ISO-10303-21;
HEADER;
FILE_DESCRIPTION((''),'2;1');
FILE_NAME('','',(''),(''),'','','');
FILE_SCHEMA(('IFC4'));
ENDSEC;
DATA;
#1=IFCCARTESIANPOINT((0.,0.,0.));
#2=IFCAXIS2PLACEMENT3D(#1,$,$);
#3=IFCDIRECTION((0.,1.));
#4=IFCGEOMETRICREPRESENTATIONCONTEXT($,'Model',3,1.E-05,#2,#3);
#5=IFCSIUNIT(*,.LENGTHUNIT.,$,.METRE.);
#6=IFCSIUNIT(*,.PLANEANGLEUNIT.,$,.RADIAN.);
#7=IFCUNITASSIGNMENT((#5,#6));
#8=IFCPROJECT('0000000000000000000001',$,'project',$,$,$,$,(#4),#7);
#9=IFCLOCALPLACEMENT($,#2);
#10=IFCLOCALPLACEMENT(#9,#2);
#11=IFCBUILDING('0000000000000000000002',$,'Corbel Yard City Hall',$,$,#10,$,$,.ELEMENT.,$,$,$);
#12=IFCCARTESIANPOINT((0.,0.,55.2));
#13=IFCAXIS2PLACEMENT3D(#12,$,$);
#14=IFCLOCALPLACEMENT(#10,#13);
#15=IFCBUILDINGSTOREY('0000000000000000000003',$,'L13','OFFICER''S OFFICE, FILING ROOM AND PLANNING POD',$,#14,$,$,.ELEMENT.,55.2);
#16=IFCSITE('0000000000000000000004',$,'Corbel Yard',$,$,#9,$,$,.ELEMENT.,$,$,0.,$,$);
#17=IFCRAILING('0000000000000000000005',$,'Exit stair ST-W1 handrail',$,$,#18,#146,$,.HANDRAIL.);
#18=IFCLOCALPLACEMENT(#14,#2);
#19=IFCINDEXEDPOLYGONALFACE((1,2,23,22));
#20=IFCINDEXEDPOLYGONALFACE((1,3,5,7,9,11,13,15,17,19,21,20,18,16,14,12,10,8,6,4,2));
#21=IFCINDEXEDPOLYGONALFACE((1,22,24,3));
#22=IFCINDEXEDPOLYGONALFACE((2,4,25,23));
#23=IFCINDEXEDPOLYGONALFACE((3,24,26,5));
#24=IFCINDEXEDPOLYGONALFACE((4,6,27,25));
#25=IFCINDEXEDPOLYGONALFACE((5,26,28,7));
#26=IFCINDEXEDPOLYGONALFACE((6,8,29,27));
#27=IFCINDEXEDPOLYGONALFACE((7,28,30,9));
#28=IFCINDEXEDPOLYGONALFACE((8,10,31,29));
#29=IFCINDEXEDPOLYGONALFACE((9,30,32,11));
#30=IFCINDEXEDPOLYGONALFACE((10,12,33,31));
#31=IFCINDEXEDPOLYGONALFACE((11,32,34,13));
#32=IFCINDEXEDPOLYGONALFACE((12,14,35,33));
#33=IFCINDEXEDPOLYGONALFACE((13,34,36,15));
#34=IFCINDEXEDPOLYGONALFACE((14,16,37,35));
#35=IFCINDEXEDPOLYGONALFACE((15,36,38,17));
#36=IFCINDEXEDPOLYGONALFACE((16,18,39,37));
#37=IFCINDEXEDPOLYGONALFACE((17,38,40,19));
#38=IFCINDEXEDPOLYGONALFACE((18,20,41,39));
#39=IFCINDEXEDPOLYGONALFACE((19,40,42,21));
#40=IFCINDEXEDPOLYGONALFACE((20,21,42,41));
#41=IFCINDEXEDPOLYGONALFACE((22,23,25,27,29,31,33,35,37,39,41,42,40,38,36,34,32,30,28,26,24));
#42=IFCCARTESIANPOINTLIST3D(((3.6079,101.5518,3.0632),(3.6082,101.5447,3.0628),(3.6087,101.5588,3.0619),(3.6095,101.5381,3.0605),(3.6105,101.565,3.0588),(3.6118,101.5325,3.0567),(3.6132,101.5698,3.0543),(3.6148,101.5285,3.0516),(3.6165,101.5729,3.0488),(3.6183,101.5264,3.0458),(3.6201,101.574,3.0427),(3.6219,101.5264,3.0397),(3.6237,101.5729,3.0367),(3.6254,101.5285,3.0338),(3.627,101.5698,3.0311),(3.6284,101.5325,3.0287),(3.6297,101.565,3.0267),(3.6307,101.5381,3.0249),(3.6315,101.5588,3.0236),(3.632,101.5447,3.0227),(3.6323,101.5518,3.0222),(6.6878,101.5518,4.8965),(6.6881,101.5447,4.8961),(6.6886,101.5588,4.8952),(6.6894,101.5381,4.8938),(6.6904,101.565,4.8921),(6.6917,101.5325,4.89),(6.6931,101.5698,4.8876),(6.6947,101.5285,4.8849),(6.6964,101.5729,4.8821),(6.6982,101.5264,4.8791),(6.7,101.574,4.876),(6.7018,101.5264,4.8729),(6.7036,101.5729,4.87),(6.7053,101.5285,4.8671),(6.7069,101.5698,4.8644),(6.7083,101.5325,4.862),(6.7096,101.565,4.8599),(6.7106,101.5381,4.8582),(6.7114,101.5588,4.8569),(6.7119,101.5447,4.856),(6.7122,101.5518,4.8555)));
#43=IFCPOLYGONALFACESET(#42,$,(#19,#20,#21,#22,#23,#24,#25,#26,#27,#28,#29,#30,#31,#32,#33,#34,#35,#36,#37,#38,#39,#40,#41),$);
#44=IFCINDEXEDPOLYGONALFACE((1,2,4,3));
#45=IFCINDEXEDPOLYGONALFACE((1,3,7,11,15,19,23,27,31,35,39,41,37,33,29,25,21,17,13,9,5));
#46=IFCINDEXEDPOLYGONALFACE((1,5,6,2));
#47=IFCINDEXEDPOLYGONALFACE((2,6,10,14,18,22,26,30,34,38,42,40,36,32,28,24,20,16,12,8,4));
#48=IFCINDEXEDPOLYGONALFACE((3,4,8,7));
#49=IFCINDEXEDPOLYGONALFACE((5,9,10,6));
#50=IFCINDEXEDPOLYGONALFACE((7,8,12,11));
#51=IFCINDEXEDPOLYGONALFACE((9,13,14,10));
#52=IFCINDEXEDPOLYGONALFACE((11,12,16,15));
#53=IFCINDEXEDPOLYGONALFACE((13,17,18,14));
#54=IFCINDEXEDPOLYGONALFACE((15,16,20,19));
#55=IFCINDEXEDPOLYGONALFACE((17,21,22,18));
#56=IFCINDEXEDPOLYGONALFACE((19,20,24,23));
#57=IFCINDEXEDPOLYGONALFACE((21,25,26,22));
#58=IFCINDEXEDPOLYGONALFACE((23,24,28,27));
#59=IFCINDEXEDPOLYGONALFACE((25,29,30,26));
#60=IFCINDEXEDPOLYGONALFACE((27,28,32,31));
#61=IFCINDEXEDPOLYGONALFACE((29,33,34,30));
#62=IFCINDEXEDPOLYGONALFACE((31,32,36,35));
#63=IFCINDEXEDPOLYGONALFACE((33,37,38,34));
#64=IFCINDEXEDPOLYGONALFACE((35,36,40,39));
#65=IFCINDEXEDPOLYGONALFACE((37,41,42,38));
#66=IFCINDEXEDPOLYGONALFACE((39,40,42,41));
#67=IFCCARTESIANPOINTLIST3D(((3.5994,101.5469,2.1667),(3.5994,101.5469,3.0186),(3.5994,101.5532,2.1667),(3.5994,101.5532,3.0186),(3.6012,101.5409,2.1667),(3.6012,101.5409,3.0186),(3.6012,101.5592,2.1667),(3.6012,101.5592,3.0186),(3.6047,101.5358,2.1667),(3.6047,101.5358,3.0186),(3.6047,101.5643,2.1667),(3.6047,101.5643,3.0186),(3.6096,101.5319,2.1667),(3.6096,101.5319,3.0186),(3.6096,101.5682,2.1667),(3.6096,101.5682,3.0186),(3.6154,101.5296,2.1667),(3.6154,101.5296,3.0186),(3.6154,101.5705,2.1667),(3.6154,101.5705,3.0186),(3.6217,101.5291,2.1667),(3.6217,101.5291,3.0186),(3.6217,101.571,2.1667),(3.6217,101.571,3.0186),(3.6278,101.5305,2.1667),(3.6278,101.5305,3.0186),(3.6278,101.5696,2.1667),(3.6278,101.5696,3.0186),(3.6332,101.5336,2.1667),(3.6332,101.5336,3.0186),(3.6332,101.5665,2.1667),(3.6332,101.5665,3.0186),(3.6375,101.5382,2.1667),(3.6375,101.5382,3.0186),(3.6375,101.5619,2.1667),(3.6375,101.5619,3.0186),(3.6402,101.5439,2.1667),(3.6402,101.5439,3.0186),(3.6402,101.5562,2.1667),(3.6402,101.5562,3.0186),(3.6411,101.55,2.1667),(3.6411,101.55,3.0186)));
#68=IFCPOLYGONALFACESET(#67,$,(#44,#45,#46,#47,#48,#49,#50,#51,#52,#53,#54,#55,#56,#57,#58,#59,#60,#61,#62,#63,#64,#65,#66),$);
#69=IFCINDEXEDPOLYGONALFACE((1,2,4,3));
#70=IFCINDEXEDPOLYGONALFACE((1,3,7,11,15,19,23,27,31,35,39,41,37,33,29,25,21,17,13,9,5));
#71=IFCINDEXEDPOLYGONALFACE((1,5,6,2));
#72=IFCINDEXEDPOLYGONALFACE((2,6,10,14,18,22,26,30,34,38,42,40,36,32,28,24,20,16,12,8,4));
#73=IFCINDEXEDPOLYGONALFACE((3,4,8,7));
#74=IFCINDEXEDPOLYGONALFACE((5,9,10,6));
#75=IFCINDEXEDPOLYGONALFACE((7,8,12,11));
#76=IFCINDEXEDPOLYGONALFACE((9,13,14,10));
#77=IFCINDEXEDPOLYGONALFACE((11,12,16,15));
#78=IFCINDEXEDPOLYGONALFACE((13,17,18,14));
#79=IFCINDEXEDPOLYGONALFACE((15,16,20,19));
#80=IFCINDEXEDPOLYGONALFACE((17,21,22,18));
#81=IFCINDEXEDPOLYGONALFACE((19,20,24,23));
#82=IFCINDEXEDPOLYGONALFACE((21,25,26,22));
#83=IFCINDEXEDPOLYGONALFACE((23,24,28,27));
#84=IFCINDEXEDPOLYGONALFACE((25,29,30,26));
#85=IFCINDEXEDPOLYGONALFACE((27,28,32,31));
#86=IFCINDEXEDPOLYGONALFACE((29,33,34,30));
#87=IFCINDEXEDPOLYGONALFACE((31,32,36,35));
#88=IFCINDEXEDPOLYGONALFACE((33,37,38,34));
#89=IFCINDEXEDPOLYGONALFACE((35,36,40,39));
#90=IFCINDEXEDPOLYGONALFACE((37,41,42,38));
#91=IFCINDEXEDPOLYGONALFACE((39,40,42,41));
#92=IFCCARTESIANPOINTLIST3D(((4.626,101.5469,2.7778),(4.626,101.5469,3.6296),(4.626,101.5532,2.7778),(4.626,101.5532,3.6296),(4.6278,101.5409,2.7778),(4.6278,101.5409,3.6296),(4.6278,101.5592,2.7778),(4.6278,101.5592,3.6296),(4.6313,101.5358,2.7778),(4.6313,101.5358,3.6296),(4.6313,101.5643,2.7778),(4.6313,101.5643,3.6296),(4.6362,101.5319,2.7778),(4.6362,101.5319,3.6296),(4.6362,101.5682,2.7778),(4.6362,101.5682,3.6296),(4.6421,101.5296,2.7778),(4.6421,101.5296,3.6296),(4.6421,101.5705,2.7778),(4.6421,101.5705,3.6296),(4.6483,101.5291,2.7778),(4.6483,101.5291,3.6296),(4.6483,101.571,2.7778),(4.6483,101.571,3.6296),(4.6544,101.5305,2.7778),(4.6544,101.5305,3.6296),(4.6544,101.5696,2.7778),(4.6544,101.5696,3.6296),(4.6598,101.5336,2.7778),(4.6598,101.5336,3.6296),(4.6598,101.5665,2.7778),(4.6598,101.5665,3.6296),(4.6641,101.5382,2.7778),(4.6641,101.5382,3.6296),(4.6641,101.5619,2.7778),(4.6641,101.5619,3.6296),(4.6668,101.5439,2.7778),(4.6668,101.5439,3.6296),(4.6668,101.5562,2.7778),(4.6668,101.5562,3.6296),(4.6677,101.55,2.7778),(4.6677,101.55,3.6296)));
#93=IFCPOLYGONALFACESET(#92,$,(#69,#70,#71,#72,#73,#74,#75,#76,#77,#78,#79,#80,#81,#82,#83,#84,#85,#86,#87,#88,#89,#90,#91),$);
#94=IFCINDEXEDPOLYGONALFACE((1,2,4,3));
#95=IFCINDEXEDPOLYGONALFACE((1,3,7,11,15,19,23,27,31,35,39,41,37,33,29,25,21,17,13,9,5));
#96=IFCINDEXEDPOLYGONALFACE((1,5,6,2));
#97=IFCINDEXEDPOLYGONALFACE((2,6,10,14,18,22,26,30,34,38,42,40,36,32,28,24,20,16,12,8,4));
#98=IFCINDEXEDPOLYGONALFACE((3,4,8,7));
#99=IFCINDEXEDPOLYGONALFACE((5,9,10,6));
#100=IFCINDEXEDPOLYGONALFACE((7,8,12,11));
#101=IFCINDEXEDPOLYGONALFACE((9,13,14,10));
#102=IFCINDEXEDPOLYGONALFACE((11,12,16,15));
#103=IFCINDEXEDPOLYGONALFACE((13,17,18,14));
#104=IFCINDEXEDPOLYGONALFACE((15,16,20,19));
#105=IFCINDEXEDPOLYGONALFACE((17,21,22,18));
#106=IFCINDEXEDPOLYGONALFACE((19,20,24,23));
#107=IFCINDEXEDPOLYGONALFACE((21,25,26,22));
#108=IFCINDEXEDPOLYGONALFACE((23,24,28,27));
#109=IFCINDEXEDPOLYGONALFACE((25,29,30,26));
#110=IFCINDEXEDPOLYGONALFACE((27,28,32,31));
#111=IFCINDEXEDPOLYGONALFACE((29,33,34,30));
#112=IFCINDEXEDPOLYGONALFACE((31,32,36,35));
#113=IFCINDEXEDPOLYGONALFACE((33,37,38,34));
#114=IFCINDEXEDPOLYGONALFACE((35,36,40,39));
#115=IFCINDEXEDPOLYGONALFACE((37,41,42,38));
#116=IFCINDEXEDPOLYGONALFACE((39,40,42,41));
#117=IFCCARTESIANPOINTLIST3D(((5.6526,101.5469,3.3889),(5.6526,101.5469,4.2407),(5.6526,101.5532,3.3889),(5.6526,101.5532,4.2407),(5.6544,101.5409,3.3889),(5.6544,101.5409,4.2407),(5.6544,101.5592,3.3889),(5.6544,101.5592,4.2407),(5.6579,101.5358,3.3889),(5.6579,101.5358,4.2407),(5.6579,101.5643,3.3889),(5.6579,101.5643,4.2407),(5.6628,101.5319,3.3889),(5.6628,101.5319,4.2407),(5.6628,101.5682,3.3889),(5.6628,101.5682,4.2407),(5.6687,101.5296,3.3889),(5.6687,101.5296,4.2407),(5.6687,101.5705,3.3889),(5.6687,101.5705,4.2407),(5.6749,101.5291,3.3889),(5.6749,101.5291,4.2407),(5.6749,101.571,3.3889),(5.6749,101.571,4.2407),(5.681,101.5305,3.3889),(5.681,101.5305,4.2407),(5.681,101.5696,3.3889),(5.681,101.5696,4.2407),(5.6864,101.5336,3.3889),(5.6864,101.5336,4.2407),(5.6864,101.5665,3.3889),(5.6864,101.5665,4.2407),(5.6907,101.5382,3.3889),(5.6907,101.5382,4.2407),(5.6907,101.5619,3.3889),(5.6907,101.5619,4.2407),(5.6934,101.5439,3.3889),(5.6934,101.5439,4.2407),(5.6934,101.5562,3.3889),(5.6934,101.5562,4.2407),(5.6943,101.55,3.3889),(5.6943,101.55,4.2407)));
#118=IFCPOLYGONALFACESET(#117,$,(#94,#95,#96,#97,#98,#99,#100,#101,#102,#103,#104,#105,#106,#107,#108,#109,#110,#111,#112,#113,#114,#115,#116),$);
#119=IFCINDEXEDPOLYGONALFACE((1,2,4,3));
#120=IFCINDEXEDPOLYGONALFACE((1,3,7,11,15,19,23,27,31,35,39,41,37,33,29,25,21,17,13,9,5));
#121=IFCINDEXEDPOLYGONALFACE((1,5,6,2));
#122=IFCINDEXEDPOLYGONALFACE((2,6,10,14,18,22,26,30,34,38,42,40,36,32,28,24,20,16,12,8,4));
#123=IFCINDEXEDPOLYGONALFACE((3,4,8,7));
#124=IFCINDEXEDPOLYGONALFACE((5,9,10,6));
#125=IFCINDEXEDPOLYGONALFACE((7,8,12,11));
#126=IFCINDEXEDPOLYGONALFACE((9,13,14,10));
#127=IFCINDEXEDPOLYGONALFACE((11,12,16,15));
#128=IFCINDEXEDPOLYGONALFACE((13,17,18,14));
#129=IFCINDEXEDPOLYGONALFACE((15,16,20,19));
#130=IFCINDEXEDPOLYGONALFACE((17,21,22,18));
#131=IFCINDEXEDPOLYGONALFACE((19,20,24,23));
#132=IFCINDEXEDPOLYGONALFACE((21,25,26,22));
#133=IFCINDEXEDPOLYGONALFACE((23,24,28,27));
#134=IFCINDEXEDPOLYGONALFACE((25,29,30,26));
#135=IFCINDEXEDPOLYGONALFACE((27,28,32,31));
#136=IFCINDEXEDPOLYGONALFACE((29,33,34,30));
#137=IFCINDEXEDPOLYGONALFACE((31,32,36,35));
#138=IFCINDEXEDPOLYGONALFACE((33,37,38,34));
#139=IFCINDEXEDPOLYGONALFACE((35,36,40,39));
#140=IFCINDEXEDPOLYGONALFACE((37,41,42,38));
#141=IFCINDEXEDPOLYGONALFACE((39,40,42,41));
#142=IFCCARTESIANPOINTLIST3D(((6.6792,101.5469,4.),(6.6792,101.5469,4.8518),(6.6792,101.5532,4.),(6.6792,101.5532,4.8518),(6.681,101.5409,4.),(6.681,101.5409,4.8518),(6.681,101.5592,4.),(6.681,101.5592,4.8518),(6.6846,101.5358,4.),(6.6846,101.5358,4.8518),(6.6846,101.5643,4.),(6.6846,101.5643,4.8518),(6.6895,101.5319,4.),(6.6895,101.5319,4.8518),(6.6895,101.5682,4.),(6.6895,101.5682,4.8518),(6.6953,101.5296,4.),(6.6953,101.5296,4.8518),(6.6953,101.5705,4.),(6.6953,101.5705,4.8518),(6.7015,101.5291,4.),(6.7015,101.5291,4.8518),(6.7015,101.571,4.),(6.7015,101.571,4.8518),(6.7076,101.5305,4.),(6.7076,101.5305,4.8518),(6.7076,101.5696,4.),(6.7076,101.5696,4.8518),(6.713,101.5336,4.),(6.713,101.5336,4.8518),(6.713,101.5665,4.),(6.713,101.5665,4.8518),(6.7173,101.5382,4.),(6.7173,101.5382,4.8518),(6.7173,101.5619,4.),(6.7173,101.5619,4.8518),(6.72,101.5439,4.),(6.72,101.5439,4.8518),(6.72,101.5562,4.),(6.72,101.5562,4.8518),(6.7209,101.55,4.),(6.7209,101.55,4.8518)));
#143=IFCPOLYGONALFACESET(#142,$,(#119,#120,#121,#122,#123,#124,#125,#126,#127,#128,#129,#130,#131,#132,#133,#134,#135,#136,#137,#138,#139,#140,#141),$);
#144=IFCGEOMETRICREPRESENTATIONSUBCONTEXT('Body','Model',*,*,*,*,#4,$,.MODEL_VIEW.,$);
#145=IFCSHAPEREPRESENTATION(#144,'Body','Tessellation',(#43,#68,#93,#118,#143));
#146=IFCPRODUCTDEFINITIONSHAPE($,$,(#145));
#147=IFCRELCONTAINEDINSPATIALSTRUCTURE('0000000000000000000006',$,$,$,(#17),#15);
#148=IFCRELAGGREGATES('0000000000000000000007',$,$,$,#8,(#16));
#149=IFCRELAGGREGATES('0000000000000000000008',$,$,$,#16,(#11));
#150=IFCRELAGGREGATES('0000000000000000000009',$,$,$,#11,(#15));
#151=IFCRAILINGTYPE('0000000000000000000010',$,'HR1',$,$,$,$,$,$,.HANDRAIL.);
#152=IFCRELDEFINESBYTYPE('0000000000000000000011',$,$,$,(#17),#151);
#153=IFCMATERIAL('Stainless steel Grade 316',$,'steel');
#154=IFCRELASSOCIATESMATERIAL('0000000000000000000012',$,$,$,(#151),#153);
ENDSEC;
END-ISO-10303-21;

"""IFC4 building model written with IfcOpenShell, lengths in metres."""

from ifc_helpers import new_model, si_unit, direction, frame, origin, origin_2d, place, context, subcontext, project, spatial, circle, extrude, material, type_object, element, save


model = new_model("IFC4")

# Units and contexts
model_context = context("Model", 3, precision=1e-05, world=origin(), true_north=direction((0.0, 1.0)))
body_context = subcontext(model_context, "Body", "Model", "MODEL_VIEW")
ifc_project = project(units=[si_unit("LENGTHUNIT", "METRE"), si_unit("PLANEANGLEUNIT", "RADIAN")], contexts=[model_context])

# Site, building, storey
site_placement = place(None, origin())
site = spatial("IfcSite", under=ifc_project, at=site_placement, Name="Corbel Yard", CompositionType="ELEMENT", RefElevation=0.0)
building_placement = place(site_placement, origin())
building = spatial("IfcBuilding", under=site, at=building_placement, Name="Corbel Yard City Hall", CompositionType="ELEMENT")
storey_placement = place(building_placement, frame((0.0, 0.0, 55.2)))
storey = spatial("IfcBuildingStorey", under=building, at=storey_placement, Name="L13", Description="OFFICER'S OFFICE, FILING ROOM AND PLANNING POD", CompositionType="ELEMENT", Elevation=55.2)

# Railing
ifc_material_1 = material(Name="Stainless steel Grade 316", Category="steel")
railing_type = type_object("IfcRailingType", Name="HR1", PredefinedType="HANDRAIL", material=ifc_material_1)
for number, where, name in (
    (1, (3.6201, 101.55, 2.1667), "Exit stair ST-W1 handrail"),
):
    element("IfcRailing", number, at=place(storey_placement, frame(where)), inside=storey, type_object=railing_type, Name=name, PredefinedType="HANDRAIL", context=body_context, shape_type="SweptSolid", body=[
        extrude(circle(Radius=0.0239, at=origin_2d()), frame((0.0, 0.0, 0.876), z_axis=(0.859291, 0.0, 0.511487), x_axis=(0.0, 1.0, 0.0)), (0.0, 0.0, 1.0), 3.5842),
        extrude(circle(Radius=0.021, at=origin_2d()), origin(), (0.0, 0.0, 1.0), 0.8518),
        extrude(circle(Radius=0.021, at=origin_2d()), frame((1.0266, 0.0, 0.6111)), (0.0, 0.0, 1.0), 0.8518),
        extrude(circle(Radius=0.021, at=origin_2d()), frame((2.0532, 0.0, 1.2222)), (0.0, 0.0, 1.0), 0.8518),
        extrude(circle(Radius=0.021, at=origin_2d()), frame((3.0798, 0.0, 1.8333)), (0.0, 0.0, 1.0), 0.8518),
    ])

save(model, "model.ifc")
